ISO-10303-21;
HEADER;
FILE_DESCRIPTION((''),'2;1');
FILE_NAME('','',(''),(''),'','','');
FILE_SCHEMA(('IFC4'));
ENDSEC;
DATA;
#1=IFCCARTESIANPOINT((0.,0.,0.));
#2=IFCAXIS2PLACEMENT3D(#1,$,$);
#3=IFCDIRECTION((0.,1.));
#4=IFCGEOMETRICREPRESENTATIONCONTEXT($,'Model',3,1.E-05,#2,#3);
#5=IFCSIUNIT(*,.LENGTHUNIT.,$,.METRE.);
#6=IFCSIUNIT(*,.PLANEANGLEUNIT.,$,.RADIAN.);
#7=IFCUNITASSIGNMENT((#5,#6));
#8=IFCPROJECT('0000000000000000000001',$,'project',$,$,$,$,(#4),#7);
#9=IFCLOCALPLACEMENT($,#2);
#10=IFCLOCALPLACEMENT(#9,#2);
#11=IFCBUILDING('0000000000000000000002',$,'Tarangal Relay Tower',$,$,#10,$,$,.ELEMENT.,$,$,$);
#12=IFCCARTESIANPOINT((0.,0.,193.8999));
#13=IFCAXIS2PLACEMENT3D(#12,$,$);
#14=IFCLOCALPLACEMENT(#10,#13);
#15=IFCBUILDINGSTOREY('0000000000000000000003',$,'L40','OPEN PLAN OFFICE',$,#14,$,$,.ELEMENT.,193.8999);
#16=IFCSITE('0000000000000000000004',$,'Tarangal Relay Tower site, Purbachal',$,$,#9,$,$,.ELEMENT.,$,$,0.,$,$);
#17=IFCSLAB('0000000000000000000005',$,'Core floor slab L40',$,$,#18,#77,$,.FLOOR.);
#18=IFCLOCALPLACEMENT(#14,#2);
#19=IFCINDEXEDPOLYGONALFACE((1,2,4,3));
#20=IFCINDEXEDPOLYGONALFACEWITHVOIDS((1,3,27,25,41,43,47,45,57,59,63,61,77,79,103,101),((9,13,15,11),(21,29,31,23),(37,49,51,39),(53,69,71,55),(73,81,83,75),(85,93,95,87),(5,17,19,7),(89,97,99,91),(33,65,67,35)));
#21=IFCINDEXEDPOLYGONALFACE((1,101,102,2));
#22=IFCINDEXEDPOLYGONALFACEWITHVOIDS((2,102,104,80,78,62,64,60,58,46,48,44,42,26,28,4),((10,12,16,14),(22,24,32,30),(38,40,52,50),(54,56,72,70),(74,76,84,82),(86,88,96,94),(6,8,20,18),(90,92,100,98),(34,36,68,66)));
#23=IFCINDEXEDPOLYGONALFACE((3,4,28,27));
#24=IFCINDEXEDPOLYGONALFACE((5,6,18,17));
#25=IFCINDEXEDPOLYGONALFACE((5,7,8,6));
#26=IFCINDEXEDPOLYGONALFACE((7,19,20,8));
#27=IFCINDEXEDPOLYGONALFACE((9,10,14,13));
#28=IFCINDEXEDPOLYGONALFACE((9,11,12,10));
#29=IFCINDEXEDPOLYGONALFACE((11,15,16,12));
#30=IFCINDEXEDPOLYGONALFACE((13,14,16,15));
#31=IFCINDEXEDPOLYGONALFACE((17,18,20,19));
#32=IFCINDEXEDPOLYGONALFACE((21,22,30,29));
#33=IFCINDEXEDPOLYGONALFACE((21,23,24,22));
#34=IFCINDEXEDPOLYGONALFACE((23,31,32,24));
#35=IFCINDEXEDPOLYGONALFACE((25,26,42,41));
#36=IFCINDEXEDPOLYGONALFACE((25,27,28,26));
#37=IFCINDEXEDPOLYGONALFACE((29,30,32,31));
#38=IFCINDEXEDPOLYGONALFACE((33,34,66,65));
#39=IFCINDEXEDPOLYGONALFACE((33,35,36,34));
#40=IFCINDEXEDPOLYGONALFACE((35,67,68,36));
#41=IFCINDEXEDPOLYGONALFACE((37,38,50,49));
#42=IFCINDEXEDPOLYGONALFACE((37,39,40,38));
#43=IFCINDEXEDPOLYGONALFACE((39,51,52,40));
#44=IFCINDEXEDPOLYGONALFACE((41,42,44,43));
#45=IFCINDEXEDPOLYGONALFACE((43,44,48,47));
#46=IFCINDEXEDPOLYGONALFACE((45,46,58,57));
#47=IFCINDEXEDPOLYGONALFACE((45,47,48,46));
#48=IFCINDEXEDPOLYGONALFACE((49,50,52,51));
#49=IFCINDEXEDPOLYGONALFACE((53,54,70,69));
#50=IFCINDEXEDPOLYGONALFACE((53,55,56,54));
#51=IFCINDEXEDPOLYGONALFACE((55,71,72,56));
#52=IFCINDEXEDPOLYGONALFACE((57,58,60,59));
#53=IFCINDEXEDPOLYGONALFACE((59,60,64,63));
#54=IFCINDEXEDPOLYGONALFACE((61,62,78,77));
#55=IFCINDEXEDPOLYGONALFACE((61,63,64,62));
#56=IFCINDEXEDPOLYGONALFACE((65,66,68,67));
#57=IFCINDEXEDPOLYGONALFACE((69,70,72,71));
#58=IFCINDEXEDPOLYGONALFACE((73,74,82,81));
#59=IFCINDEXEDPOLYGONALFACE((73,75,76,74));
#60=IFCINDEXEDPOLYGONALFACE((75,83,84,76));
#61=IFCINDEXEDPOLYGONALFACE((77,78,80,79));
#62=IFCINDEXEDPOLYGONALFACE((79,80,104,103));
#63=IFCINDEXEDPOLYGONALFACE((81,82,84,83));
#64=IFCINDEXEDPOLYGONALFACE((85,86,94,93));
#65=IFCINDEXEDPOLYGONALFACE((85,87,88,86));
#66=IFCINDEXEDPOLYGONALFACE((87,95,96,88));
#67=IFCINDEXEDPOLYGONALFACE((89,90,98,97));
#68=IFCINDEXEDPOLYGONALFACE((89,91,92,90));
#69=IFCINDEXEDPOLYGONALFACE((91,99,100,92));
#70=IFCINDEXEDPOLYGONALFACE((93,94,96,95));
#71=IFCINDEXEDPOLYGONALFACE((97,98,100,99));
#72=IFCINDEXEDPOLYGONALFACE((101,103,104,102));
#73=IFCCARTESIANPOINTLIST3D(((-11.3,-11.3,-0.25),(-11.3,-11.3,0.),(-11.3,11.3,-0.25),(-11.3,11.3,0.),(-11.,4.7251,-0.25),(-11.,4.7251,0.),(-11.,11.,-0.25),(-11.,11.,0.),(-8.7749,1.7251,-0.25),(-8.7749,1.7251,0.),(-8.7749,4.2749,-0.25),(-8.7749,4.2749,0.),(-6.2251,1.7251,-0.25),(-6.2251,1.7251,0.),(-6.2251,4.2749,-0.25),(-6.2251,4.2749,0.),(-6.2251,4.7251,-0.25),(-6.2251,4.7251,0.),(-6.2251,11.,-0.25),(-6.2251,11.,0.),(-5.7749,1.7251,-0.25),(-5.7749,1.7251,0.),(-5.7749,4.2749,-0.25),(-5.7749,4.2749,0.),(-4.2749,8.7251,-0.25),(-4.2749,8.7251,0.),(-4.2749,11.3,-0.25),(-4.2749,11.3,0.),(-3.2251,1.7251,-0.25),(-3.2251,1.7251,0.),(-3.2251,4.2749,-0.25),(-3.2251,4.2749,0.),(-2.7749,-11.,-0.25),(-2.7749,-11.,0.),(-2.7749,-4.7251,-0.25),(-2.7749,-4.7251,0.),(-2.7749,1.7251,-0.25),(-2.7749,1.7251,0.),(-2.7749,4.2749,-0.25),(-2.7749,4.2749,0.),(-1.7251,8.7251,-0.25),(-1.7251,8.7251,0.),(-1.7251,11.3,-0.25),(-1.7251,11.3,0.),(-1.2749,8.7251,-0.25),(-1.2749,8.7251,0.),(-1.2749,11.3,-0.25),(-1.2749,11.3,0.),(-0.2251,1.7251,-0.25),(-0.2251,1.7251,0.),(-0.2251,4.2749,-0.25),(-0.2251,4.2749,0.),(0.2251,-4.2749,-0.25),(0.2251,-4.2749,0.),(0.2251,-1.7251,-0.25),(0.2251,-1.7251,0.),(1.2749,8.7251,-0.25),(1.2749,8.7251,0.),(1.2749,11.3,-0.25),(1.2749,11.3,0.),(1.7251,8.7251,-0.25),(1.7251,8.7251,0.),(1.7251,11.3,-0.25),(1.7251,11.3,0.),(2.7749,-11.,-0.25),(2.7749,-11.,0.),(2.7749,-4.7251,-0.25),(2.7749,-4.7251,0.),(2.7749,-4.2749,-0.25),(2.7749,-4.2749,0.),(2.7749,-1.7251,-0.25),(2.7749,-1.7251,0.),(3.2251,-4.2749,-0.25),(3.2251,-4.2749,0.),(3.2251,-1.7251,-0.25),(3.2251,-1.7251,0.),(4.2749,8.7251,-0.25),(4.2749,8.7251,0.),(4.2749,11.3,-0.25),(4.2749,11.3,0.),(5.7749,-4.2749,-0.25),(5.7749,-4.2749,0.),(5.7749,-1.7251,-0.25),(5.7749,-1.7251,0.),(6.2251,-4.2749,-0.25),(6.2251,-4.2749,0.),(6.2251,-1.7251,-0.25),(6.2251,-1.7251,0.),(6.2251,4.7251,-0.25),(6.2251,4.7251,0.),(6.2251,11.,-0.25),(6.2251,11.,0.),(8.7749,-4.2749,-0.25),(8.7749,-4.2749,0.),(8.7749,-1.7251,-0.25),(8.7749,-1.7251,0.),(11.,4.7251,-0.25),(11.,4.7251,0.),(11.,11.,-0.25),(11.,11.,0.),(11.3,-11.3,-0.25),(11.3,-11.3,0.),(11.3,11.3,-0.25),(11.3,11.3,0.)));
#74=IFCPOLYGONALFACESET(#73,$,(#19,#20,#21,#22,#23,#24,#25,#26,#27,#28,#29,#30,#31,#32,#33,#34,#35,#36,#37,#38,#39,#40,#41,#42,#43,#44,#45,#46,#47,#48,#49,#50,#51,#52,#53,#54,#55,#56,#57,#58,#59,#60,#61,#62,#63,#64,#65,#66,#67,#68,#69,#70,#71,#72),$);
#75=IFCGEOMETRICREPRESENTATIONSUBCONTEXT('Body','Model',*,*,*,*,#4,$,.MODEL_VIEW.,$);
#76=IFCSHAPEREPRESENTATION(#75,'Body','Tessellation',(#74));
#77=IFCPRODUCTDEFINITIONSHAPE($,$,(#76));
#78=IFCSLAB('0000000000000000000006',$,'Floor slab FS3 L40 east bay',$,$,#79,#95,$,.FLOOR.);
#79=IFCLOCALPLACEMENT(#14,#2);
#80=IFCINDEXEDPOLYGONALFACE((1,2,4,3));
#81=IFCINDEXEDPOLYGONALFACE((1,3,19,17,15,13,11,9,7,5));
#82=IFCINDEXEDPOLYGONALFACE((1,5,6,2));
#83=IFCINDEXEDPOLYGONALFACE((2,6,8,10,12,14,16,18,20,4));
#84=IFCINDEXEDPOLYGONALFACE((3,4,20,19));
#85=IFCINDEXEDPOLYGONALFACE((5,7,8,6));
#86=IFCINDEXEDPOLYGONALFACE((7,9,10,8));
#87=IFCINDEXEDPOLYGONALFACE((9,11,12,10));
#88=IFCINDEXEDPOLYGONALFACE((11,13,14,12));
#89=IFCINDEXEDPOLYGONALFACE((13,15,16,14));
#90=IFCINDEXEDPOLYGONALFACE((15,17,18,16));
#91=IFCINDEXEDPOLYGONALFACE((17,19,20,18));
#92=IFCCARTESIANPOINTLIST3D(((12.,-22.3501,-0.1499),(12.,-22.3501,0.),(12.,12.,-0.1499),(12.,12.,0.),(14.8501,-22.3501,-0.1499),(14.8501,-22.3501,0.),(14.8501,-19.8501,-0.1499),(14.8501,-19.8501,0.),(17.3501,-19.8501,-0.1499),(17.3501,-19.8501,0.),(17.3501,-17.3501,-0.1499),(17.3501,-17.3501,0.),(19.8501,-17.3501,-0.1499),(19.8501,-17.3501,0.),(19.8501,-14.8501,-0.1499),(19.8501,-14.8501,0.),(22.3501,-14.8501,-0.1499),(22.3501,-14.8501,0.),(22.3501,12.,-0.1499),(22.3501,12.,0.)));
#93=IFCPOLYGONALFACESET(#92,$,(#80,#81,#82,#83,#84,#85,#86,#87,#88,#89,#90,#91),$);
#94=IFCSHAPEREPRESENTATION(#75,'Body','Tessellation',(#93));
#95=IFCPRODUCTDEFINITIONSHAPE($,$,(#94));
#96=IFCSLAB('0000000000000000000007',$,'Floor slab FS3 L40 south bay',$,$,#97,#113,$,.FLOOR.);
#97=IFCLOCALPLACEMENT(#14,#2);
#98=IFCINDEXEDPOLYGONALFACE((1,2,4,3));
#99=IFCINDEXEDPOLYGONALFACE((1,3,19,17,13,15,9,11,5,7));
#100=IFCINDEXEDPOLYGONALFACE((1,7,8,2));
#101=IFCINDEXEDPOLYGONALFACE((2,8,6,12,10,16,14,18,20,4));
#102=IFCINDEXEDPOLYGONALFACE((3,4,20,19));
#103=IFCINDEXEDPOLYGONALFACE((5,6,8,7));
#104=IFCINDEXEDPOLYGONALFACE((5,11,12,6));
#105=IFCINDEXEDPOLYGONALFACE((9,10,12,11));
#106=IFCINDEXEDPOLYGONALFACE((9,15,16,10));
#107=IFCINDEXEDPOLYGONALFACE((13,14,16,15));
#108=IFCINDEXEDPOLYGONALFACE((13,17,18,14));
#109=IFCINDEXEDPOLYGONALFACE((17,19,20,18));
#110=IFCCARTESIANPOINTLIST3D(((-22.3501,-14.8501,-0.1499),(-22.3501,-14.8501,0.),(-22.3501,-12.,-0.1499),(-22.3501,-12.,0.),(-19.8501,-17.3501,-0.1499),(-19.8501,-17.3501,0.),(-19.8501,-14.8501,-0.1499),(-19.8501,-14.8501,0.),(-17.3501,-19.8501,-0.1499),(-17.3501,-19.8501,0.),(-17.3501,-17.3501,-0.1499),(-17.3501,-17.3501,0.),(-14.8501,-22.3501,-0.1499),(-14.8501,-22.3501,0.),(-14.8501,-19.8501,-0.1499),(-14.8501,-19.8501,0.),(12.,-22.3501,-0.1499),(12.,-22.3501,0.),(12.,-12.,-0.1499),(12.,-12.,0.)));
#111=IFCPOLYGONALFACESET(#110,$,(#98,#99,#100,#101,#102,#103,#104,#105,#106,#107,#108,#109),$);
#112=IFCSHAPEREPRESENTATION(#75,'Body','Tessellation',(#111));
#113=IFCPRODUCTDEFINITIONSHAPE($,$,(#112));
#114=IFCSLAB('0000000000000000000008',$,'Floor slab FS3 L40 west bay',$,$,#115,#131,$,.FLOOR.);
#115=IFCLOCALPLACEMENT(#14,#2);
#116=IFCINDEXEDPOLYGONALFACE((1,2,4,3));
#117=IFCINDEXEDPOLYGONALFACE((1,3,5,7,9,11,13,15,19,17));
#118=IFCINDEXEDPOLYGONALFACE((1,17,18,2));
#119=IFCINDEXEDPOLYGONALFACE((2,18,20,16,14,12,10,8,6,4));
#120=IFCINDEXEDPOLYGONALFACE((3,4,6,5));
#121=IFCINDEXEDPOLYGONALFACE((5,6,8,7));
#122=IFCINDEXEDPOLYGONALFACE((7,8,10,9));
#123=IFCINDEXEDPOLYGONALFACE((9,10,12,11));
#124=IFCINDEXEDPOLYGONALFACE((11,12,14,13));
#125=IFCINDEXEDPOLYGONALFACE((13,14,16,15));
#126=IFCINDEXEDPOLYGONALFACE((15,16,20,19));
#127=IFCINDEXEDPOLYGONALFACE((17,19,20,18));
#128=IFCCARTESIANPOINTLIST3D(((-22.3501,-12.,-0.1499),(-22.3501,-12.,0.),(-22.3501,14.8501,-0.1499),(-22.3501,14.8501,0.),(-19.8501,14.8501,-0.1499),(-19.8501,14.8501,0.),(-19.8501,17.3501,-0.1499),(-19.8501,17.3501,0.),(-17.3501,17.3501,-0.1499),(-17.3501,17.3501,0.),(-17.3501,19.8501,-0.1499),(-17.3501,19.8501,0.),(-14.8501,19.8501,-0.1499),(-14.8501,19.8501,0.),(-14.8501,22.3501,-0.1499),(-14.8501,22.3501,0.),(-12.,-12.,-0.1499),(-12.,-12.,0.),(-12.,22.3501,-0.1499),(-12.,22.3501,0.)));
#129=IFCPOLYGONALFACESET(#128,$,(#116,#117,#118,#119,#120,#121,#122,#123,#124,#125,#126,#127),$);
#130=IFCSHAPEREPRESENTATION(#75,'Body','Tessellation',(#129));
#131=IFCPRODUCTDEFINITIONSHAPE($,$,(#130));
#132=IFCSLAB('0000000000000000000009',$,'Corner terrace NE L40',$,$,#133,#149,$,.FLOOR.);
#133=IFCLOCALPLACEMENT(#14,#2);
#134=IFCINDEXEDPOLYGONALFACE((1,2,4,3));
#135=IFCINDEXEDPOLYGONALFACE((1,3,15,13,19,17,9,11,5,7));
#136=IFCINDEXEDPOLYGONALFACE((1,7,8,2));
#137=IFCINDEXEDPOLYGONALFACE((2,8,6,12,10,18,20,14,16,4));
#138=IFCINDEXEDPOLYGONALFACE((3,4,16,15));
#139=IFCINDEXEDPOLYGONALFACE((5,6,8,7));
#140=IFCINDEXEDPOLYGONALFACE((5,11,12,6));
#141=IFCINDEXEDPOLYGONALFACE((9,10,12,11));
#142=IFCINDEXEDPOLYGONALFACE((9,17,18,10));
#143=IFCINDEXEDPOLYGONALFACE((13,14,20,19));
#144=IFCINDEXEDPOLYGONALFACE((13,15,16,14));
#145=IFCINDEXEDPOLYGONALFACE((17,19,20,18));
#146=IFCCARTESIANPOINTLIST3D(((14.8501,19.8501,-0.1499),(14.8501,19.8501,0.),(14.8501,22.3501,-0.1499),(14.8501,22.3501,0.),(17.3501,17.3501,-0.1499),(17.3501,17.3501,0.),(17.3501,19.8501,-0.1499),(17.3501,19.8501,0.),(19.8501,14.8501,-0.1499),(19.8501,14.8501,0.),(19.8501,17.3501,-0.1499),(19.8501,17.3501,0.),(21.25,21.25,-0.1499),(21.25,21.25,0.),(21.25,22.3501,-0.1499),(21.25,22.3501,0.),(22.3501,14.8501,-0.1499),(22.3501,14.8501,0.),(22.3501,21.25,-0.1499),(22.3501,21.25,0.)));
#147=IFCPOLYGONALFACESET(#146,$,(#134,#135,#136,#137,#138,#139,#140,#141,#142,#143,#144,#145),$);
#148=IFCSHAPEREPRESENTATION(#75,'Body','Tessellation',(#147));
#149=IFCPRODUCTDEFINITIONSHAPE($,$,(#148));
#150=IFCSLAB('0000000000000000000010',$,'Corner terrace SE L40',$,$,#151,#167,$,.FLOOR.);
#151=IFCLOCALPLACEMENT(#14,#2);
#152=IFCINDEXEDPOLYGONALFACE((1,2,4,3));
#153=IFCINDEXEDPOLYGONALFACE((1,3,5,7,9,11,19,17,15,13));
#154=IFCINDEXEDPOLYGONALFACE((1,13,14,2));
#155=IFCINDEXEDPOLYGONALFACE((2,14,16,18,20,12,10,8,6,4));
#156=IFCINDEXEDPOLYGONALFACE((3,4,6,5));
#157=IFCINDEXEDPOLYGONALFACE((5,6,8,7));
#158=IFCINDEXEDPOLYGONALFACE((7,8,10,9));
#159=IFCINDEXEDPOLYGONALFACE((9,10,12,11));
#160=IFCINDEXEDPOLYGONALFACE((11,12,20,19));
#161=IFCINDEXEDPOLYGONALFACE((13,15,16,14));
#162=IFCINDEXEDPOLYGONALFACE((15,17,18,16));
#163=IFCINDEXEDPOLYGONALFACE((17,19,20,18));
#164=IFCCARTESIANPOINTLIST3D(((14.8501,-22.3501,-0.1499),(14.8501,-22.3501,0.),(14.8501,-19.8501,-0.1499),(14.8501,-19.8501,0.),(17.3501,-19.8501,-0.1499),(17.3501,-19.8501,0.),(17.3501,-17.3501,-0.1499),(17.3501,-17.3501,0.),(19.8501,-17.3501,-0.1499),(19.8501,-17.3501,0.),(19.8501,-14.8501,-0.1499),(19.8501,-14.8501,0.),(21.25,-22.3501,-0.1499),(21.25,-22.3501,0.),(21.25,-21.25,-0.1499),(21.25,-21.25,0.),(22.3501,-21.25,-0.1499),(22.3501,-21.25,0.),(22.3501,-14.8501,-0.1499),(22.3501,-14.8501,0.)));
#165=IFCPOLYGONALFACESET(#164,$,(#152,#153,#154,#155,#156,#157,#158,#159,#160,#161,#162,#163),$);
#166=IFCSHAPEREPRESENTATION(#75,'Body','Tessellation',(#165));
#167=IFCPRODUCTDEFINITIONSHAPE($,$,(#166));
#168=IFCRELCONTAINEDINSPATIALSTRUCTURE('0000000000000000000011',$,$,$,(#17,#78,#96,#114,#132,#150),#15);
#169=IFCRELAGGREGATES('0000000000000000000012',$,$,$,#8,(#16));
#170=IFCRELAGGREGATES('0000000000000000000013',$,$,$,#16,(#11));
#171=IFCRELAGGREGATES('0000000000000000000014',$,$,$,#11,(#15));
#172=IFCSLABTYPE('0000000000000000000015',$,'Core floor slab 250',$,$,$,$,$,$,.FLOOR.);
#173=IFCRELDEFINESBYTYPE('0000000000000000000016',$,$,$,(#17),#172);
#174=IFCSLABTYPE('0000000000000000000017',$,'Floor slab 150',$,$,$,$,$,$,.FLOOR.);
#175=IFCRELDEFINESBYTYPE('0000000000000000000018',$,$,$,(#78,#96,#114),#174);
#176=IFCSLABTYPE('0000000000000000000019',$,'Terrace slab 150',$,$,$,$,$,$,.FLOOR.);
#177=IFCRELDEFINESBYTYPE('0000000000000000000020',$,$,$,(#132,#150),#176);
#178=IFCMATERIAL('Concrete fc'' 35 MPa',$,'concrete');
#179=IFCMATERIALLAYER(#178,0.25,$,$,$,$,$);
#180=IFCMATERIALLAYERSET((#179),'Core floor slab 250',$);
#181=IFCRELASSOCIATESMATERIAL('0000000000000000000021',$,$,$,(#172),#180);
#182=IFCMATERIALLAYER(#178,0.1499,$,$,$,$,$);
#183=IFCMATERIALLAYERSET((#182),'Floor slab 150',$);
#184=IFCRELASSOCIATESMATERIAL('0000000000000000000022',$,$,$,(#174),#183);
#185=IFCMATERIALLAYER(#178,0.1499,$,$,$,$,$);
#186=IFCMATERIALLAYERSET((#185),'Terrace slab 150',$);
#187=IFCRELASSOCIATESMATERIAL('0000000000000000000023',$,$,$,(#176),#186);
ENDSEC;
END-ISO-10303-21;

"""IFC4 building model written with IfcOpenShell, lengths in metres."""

from ifc_helpers import new_model, si_unit, direction, frame, origin, place, context, subcontext, project, spatial, polyline, outline, extrude, material, layer, layer_set, type_object, element, save


model = new_model("IFC4")

# Units and contexts
model_context = context("Model", 3, precision=1e-05, world=origin(), true_north=direction((0.0, 1.0)))
body_context = subcontext(model_context, "Body", "Model", "MODEL_VIEW")
ifc_project = project(units=[si_unit("LENGTHUNIT", "METRE"), si_unit("PLANEANGLEUNIT", "RADIAN")], contexts=[model_context])

# Site, building, storey
site_placement = place(None, origin())
site = spatial("IfcSite", under=ifc_project, at=site_placement, Name="Tarangal Relay Tower site, Purbachal", CompositionType="ELEMENT", RefElevation=0.0)
building_placement = place(site_placement, origin())
building = spatial("IfcBuilding", under=site, at=building_placement, Name="Tarangal Relay Tower", CompositionType="ELEMENT")
storey_placement = place(building_placement, frame((0.0, 0.0, 193.8999)))
storey = spatial("IfcBuildingStorey", under=building, at=storey_placement, Name="L40", Description="OPEN PLAN OFFICE", CompositionType="ELEMENT", Elevation=193.8999)

# Slabs
ifc_material_1 = material(Name="Concrete fc' 35 MPa", Category="concrete")
ifc_layer_1 = layer(ifc_material_1, 0.25)
ifc_layer_set_1 = layer_set([ifc_layer_1], Name="Core floor slab 250")
slab_type_1 = type_object("IfcSlabType", Name="Core floor slab 250", PredefinedType="FLOOR", material=ifc_layer_set_1)
slab_1_placement = place(storey_placement, frame((0.0, 0.0, -0.25)))
element("IfcSlab", 1, at=slab_1_placement, inside=storey, type_object=slab_type_1, Name="Core floor slab L40", PredefinedType="FLOOR", context=body_context, shape_type="SweptSolid", body=[
    extrude(outline(polyline([(11.3, 11.3), (11.3, -11.3), (-11.3, -11.3), (-11.3, 11.3), (-4.2749, 11.3), (-4.2749, 8.7251), (-1.7251, 8.7251), (-1.7251, 11.3), (-1.2749, 11.3), (-1.2749, 8.7251), (1.2749, 8.7251), (1.2749, 11.3), (1.7251, 11.3), (1.7251, 8.7251), (4.2749, 8.7251), (4.2749, 11.3), (11.3, 11.3)]), holes=[polyline([(-6.2251, 4.2749), (-8.7749, 4.2749), (-8.7749, 1.7251), (-6.2251, 1.7251), (-6.2251, 4.2749)]), polyline([(-3.2251, 1.7251), (-3.2251, 4.2749), (-5.7749, 4.2749), (-5.7749, 1.7251), (-3.2251, 1.7251)]), polyline([(-0.2251, 1.7251), (-0.2251, 4.2749), (-2.7749, 4.2749), (-2.7749, 1.7251), (-0.2251, 1.7251)]), polyline([(-6.2251, 11.0), (-11.0, 11.0), (-11.0, 4.7251), (-6.2251, 4.7251), (-6.2251, 11.0)]), polyline([(2.7749, -4.7251), (-2.7749, -4.7251), (-2.7749, -11.0), (2.7749, -11.0), (2.7749, -4.7251)]), polyline([(2.7749, -4.2749), (2.7749, -1.7251), (0.2251, -1.7251), (0.2251, -4.2749), (2.7749, -4.2749)]), polyline([(5.7749, -4.2749), (5.7749, -1.7251), (3.2251, -1.7251), (3.2251, -4.2749), (5.7749, -4.2749)]), polyline([(8.7749, -1.7251), (6.2251, -1.7251), (6.2251, -4.2749), (8.7749, -4.2749), (8.7749, -1.7251)]), polyline([(11.0, 4.7251), (11.0, 11.0), (6.2251, 11.0), (6.2251, 4.7251), (11.0, 4.7251)])]), origin(), (0.0, 0.0, 1.0), 0.25),
])
ifc_layer_2 = layer(ifc_material_1, 0.1499)
ifc_layer_set_2 = layer_set([ifc_layer_2], Name="Floor slab 150")
slab_type_2 = type_object("IfcSlabType", Name="Floor slab 150", PredefinedType="FLOOR", material=ifc_layer_set_2)
slab_2_placement = place(storey_placement, frame((0.0, 0.0, -0.1499)))
element("IfcSlab", 2, at=slab_2_placement, inside=storey, type_object=slab_type_2, Name="Floor slab FS3 L40 east bay", PredefinedType="FLOOR", context=body_context, shape_type="SweptSolid", body=[
    extrude(outline(polyline([(22.3501, -14.8501), (19.8501, -14.8501), (19.8501, -17.3501), (17.3501, -17.3501), (17.3501, -19.8501), (14.8501, -19.8501), (14.8501, -22.3501), (12.0, -22.3501), (12.0, 12.0), (22.3501, 12.0), (22.3501, -14.8501)])), origin(), (0.0, 0.0, 1.0), 0.1499),
])
slab_3_placement = place(storey_placement, frame((0.0, 0.0, -0.1499)))
element("IfcSlab", 3, at=slab_3_placement, inside=storey, type_object=slab_type_2, Name="Floor slab FS3 L40 south bay", PredefinedType="FLOOR", context=body_context, shape_type="SweptSolid", body=[
    extrude(outline(polyline([(-14.8501, -22.3501), (-14.8501, -19.8501), (-17.3501, -19.8501), (-17.3501, -17.3501), (-19.8501, -17.3501), (-19.8501, -14.8501), (-22.3501, -14.8501), (-22.3501, -12.0), (12.0, -12.0), (12.0, -22.3501), (-14.8501, -22.3501)])), origin(), (0.0, 0.0, 1.0), 0.1499),
])
slab_4_placement = place(storey_placement, frame((0.0, 0.0, -0.1499)))
element("IfcSlab", 4, at=slab_4_placement, inside=storey, type_object=slab_type_2, Name="Floor slab FS3 L40 west bay", PredefinedType="FLOOR", context=body_context, shape_type="SweptSolid", body=[
    extrude(outline(polyline([(-12.0, 22.3501), (-12.0, -12.0), (-22.3501, -12.0), (-22.3501, 14.8501), (-19.8501, 14.8501), (-19.8501, 17.3501), (-17.3501, 17.3501), (-17.3501, 19.8501), (-14.8501, 19.8501), (-14.8501, 22.3501), (-12.0, 22.3501)])), origin(), (0.0, 0.0, 1.0), 0.1499),
])
ifc_layer_3 = layer(ifc_material_1, 0.1499)
ifc_layer_set_3 = layer_set([ifc_layer_3], Name="Terrace slab 150")
slab_type_3 = type_object("IfcSlabType", Name="Terrace slab 150", PredefinedType="FLOOR", material=ifc_layer_set_3)
slab_5_placement = place(storey_placement, frame((0.0, 0.0, -0.1499)))
element("IfcSlab", 5, at=slab_5_placement, inside=storey, type_object=slab_type_3, Name="Corner terrace NE L40", PredefinedType="FLOOR", context=body_context, shape_type="SweptSolid", body=[
    extrude(outline(polyline([(14.8501, 22.3501), (14.8501, 19.8501), (17.3501, 19.8501), (17.3501, 17.3501), (19.8501, 17.3501), (19.8501, 14.8501), (22.3501, 14.8501), (22.3501, 21.25), (21.25, 21.25), (21.25, 22.3501), (14.8501, 22.3501)])), origin(), (0.0, 0.0, 1.0), 0.1499),
])
slab_6_placement = place(storey_placement, frame((0.0, 0.0, -0.1499)))
element("IfcSlab", 6, at=slab_6_placement, inside=storey, type_object=slab_type_3, Name="Corner terrace SE L40", PredefinedType="FLOOR", context=body_context, shape_type="SweptSolid", body=[
    extrude(outline(polyline([(22.3501, -14.8501), (19.8501, -14.8501), (19.8501, -17.3501), (17.3501, -17.3501), (17.3501, -19.8501), (14.8501, -19.8501), (14.8501, -22.3501), (21.25, -22.3501), (21.25, -21.25), (22.3501, -21.25), (22.3501, -14.8501)])), origin(), (0.0, 0.0, 1.0), 0.1499),
])

save(model, "model.ifc")
